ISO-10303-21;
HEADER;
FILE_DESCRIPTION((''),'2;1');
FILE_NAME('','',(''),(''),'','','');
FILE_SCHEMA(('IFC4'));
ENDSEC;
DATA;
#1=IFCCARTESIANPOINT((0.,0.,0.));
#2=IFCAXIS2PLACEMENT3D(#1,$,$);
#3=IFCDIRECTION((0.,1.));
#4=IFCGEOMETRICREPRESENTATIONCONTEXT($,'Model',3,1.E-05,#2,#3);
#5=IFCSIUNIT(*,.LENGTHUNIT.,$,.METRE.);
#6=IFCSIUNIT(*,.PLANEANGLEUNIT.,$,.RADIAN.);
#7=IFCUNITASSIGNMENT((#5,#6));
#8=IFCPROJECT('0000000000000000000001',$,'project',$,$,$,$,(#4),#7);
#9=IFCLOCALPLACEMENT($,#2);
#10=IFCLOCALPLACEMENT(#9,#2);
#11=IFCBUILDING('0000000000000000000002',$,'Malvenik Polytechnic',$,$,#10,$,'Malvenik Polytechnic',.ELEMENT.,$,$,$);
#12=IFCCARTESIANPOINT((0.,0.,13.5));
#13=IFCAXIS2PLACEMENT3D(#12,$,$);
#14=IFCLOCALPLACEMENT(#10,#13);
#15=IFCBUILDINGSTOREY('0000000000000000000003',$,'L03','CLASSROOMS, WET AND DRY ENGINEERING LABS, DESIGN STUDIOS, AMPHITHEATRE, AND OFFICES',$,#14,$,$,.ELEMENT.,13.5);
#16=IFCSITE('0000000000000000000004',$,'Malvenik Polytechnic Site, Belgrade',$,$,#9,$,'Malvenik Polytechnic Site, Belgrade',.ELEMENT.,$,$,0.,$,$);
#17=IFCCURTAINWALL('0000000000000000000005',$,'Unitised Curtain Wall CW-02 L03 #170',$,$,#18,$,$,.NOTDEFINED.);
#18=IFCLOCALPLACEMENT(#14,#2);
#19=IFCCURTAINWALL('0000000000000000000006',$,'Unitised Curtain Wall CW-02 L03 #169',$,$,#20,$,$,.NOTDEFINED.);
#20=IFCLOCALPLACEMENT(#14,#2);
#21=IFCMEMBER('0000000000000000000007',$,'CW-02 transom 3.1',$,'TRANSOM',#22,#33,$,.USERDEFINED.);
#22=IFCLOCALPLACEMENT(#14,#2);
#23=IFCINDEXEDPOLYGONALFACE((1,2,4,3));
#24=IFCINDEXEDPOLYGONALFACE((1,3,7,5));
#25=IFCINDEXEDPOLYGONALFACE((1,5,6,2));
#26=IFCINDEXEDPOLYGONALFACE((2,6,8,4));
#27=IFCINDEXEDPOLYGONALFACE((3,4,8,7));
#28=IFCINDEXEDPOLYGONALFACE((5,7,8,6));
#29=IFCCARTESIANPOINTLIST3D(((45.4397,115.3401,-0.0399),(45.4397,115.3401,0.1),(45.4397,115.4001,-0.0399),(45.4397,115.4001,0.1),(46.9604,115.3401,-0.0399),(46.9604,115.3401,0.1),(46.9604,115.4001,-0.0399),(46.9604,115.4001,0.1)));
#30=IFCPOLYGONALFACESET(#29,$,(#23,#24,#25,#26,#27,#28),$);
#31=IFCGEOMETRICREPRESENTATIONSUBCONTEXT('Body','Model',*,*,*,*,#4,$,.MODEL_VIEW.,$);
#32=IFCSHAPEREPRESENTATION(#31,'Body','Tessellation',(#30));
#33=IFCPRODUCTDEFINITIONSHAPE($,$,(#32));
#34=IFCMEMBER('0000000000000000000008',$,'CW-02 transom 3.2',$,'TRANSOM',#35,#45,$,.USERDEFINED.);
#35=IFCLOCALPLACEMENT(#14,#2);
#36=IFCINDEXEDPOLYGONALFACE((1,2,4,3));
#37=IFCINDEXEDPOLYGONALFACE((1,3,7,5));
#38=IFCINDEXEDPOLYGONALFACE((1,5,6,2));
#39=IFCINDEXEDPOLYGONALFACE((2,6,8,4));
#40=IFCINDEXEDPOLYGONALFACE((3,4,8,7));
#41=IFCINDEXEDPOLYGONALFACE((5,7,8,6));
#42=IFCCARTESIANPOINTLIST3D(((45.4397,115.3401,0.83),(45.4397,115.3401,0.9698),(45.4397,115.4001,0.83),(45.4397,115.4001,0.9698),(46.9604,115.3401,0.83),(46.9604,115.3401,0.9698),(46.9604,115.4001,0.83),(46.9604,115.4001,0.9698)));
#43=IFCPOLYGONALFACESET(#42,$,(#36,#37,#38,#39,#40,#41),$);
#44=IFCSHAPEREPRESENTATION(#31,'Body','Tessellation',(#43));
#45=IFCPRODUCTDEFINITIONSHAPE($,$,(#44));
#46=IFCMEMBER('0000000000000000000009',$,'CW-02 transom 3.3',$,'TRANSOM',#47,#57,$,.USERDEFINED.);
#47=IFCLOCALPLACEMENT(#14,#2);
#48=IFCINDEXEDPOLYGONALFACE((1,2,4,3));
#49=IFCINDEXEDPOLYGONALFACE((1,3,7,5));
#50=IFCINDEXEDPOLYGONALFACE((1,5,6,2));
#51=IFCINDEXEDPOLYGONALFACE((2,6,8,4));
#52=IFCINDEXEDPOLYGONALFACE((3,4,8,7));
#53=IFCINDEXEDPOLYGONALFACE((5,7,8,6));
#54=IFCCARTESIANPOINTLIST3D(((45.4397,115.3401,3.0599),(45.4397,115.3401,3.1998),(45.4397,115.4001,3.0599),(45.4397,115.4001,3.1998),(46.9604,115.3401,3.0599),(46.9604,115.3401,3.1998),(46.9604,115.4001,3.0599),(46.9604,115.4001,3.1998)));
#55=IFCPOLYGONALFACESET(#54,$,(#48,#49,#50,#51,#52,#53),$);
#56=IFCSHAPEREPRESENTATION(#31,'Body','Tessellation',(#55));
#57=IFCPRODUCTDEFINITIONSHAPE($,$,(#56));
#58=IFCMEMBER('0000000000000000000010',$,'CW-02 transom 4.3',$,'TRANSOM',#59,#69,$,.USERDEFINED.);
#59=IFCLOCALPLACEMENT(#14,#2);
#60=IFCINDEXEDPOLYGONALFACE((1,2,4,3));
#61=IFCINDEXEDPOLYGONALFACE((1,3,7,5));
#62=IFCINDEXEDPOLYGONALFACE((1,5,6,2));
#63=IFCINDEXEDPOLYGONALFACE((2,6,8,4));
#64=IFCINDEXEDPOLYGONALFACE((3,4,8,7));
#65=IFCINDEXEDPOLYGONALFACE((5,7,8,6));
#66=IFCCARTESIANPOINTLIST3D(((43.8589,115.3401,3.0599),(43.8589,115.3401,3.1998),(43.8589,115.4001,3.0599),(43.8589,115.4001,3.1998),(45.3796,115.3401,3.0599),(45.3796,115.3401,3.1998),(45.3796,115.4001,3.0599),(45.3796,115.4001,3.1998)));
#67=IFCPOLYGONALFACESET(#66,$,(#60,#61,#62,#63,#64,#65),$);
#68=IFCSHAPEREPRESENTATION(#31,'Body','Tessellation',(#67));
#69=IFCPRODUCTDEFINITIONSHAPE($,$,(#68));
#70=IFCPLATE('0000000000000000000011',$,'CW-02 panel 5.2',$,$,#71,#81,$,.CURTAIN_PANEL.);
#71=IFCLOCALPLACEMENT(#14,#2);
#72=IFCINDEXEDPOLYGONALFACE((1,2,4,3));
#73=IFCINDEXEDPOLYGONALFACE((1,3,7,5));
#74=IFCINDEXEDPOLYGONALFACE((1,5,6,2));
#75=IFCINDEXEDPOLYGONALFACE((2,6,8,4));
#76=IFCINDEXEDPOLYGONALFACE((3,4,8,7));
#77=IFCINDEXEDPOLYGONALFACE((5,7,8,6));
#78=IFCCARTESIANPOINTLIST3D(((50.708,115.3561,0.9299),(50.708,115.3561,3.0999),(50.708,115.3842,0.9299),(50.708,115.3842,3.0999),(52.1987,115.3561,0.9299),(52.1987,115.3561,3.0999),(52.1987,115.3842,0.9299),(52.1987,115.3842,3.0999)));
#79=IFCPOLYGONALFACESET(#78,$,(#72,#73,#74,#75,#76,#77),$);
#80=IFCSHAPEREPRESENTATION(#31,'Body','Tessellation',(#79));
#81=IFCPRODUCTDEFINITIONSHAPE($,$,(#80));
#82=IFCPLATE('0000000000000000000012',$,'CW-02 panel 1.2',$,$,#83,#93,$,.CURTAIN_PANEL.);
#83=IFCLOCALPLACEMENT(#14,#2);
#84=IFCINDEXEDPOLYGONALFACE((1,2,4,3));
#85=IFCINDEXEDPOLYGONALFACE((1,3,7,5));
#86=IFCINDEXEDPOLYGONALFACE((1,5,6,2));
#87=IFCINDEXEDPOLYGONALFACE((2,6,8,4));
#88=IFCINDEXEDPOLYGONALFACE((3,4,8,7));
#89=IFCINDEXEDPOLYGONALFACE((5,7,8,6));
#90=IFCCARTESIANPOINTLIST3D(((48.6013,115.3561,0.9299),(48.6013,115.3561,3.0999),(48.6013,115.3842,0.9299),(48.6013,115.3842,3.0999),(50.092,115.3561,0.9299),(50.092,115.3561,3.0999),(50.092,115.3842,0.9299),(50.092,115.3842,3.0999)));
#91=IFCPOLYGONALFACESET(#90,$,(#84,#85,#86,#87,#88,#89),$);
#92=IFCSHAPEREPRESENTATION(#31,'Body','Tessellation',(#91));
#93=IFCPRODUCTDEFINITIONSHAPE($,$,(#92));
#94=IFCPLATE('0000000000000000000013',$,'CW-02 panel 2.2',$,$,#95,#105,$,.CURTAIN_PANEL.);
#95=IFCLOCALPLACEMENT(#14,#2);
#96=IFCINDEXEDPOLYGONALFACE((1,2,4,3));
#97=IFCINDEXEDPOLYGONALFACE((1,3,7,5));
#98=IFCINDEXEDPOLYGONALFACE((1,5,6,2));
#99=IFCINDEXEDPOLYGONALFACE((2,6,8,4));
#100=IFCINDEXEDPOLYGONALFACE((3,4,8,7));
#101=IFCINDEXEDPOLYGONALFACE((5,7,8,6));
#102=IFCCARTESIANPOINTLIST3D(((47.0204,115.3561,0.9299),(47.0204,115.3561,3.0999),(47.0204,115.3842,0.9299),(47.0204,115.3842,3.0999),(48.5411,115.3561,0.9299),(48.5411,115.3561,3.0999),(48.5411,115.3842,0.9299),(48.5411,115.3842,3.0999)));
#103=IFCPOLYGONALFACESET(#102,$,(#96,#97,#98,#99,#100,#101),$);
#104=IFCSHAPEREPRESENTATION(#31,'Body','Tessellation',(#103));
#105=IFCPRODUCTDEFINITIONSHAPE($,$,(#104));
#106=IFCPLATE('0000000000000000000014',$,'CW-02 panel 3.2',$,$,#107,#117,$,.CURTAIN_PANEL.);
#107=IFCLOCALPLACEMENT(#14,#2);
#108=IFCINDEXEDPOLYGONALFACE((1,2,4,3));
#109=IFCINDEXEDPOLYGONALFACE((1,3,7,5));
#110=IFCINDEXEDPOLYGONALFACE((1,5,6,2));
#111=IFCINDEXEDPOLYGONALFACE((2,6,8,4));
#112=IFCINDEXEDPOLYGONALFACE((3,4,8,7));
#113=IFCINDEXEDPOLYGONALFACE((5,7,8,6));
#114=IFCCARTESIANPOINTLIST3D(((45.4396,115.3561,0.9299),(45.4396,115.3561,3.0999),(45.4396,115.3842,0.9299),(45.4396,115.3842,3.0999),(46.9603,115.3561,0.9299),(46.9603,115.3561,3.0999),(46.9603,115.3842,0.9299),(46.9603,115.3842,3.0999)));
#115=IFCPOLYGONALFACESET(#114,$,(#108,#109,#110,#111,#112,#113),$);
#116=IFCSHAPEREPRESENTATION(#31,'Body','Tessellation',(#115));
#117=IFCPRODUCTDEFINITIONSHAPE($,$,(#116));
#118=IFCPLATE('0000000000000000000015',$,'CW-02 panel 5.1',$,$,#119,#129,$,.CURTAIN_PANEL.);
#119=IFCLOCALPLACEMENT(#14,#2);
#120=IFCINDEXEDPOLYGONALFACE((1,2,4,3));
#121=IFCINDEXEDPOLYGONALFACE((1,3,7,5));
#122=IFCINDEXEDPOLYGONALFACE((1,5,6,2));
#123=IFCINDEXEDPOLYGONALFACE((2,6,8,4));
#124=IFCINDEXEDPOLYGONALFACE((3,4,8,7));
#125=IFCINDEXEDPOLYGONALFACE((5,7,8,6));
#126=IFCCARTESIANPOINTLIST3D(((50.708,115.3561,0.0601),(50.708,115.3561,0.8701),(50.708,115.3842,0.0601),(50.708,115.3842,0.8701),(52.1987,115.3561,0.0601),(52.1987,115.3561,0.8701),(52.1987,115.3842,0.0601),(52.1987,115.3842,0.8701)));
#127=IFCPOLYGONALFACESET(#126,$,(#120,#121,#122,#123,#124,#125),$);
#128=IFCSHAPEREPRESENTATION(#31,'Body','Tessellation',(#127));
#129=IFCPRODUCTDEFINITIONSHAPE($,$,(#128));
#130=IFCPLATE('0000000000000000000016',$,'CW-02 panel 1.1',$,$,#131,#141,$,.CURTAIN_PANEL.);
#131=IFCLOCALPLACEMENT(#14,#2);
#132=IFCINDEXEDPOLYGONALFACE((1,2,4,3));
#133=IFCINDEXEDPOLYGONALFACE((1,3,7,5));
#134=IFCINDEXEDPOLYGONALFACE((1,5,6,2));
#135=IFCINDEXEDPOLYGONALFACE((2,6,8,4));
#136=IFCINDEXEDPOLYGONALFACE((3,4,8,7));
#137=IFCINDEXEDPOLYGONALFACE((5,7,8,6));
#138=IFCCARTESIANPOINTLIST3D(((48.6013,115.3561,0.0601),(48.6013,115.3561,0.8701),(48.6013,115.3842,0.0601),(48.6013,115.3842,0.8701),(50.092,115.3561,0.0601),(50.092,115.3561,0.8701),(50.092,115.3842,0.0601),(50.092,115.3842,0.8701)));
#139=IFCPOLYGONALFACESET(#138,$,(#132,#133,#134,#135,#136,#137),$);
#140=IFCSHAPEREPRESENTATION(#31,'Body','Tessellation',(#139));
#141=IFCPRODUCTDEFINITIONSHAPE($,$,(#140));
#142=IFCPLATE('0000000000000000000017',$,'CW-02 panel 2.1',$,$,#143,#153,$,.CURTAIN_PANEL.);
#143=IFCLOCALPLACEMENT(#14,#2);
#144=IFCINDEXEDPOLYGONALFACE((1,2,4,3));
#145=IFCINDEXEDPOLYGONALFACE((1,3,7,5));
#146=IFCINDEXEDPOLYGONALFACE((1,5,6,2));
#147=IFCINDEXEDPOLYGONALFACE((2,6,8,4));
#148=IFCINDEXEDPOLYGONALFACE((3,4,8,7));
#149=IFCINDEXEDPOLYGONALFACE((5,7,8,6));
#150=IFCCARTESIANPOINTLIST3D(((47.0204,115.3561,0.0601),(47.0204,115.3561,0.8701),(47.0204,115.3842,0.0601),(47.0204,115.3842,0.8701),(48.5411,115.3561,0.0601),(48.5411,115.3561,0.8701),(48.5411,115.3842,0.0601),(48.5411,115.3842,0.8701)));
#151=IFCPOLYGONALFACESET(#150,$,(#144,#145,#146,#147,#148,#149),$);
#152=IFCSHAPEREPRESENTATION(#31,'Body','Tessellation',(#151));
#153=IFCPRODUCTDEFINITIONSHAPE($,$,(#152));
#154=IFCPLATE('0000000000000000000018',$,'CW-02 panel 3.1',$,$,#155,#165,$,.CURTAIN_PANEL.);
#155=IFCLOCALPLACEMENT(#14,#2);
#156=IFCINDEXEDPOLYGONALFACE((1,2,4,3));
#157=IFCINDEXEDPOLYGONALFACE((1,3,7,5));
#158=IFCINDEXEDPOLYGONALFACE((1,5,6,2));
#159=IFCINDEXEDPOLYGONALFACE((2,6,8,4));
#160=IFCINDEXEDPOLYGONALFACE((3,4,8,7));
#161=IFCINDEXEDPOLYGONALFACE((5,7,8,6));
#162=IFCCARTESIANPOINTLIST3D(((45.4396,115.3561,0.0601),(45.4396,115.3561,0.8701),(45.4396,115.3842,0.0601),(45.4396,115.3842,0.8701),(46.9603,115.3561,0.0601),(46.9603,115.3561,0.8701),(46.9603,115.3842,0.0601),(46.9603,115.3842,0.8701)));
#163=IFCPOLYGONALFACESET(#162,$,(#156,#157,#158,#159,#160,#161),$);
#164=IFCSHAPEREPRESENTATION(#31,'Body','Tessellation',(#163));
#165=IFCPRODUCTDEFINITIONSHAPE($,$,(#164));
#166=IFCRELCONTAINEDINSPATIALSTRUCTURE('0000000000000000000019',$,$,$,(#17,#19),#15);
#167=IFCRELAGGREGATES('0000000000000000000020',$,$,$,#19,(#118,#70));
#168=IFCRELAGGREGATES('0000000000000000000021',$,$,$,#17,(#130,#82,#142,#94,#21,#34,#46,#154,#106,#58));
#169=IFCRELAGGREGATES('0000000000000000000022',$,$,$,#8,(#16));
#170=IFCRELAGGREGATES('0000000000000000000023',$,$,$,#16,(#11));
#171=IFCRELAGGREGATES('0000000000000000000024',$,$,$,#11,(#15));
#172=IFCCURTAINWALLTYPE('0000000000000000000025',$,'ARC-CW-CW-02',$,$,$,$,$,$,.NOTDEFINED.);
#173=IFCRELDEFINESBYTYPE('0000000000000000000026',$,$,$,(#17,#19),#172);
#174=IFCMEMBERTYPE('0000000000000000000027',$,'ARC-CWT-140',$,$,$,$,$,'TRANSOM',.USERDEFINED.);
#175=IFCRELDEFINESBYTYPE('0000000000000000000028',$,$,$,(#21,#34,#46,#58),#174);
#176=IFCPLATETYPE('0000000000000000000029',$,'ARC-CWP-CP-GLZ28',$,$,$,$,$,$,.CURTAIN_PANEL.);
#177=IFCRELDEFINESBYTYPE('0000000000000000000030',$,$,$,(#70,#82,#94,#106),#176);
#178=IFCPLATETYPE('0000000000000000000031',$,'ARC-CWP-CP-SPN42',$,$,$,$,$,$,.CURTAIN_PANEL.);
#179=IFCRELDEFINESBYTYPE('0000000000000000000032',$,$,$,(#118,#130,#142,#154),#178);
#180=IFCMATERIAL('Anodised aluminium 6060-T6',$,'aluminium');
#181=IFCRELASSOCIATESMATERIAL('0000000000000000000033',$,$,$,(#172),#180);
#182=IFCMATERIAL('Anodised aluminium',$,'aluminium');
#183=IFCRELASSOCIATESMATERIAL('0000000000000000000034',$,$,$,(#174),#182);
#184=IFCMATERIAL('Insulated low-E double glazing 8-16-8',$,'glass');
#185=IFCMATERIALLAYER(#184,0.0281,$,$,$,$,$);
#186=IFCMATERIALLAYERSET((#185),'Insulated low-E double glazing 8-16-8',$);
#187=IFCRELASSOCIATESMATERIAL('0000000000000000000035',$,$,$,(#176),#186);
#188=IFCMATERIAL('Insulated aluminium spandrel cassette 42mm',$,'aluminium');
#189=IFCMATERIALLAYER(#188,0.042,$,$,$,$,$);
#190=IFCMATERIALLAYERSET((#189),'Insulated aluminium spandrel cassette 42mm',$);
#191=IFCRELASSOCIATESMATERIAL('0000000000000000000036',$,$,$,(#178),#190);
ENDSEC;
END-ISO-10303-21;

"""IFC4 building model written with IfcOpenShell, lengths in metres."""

from ifc_helpers import new_model, si_unit, direction, frame, origin, origin_2d, place, context, subcontext, project, spatial, rectangle, extrude, material, layer, layer_set, material_profile, profile_set, type_object, element, aggregate, save


model = new_model("IFC4")

# Units and contexts
model_context = context("Model", 3, precision=1e-05, world=origin(), true_north=direction((0.0, 1.0)))
body_context = subcontext(model_context, "Body", "Model", "MODEL_VIEW")
ifc_project = project(units=[si_unit("LENGTHUNIT", "METRE"), si_unit("PLANEANGLEUNIT", "RADIAN")], contexts=[model_context])

# Site, building, storey
site_placement = place(None, origin())
site = spatial("IfcSite", under=ifc_project, at=site_placement, Name="Malvenik Polytechnic Site, Belgrade", LongName="Malvenik Polytechnic Site, Belgrade", CompositionType="ELEMENT", RefElevation=0.0)
building_placement = place(site_placement, origin())
building = spatial("IfcBuilding", under=site, at=building_placement, Name="Malvenik Polytechnic", LongName="Malvenik Polytechnic", CompositionType="ELEMENT")
storey_placement = place(building_placement, frame((0.0, 0.0, 13.5)))
storey = spatial("IfcBuildingStorey", under=building, at=storey_placement, Name="L03", Description="CLASSROOMS, WET AND DRY ENGINEERING LABS, DESIGN STUDIOS, AMPHITHEATRE, AND OFFICES", CompositionType="ELEMENT", Elevation=13.5)

# Curtain walls
ifc_material_1 = material(Name="Anodised aluminium 6060-T6", Category="aluminium")
curtain_wall_type = type_object("IfcCurtainWallType", Name="ARC-CW-CW-02", PredefinedType="NOTDEFINED", material=ifc_material_1)
curtain_wall_1_placement = place(storey_placement, origin())
curtain_wall_1 = element("IfcCurtainWall", 1, at=curtain_wall_1_placement, inside=storey, type_object=curtain_wall_type, Name="Unitised Curtain Wall CW-02 L03 #170", PredefinedType="NOTDEFINED")
ifc_material_2 = material(Name="Anodised aluminium", Category="aluminium")
curtain_wall_2_placement = place(storey_placement, origin())
curtain_wall_2 = element("IfcCurtainWall", 2, at=curtain_wall_2_placement, inside=storey, type_object=curtain_wall_type, Name="Unitised Curtain Wall CW-02 L03 #169", PredefinedType="NOTDEFINED")

# Members
ifc_material_profile_1 = material_profile(ifc_material_2, rectangle(XDim=0.0601, YDim=0.1399, at=origin_2d()), Name="ALU TRANSOM 60x140")
ifc_profile_set_1 = profile_set([ifc_material_profile_1], Name="Anodised aluminium")
member_type_1 = type_object("IfcMemberType", Name="ARC-CWT-140", ElementType="TRANSOM", PredefinedType="USERDEFINED", material=ifc_profile_set_1)
member_1_placement = place(storey_placement, frame((46.9604, 115.3701, 0.03), z_axis=(-1.0, 0.0, 0.0), x_axis=(0.0, -1.0, 0.0)))
member_1 = element("IfcMember", 3, at=member_1_placement, type_object=member_type_1, Name="CW-02 transom 3.1", ObjectType="TRANSOM", PredefinedType="USERDEFINED", context=body_context, shape_type="SweptSolid", body=[
    extrude(rectangle(XDim=0.0601, YDim=0.1399, at=origin_2d()), origin(), (0.0, 0.0, 1.0), 1.5208),
])
member_2_placement = place(storey_placement, frame((46.9604, 115.3701, 0.8999), z_axis=(-1.0, 0.0, 0.0), x_axis=(0.0, -1.0, 0.0)))
member_2 = element("IfcMember", 4, at=member_2_placement, type_object=member_type_1, Name="CW-02 transom 3.2", ObjectType="TRANSOM", PredefinedType="USERDEFINED", context=body_context, shape_type="SweptSolid", body=[
    extrude(rectangle(XDim=0.0601, YDim=0.1399, at=origin_2d()), origin(), (0.0, 0.0, 1.0), 1.5208),
])
member_3_placement = place(storey_placement, frame((46.9604, 115.3701, 3.1299), z_axis=(-1.0, 0.0, 0.0), x_axis=(0.0, -1.0, 0.0)))
member_3 = element("IfcMember", 5, at=member_3_placement, type_object=member_type_1, Name="CW-02 transom 3.3", ObjectType="TRANSOM", PredefinedType="USERDEFINED", context=body_context, shape_type="SweptSolid", body=[
    extrude(rectangle(XDim=0.0601, YDim=0.1399, at=origin_2d()), origin(), (0.0, 0.0, 1.0), 1.5208),
])
member_4_placement = place(storey_placement, frame((45.3796, 115.3701, 3.1299), z_axis=(-1.0, 0.0, 0.0), x_axis=(0.0, -1.0, 0.0)))
member_4 = element("IfcMember", 6, at=member_4_placement, type_object=member_type_1, Name="CW-02 transom 4.3", ObjectType="TRANSOM", PredefinedType="USERDEFINED", context=body_context, shape_type="SweptSolid", body=[
    extrude(rectangle(XDim=0.0601, YDim=0.1399, at=origin_2d()), origin(), (0.0, 0.0, 1.0), 1.5208),
])

# Plates
ifc_material_3 = material(Name="Insulated low-E double glazing 8-16-8", Category="glass")
ifc_layer_1 = layer(ifc_material_3, 0.0281)
ifc_layer_set_1 = layer_set([ifc_layer_1], Name="Insulated low-E double glazing 8-16-8")
plate_type_1 = type_object("IfcPlateType", Name="ARC-CWP-CP-GLZ28", PredefinedType="CURTAIN_PANEL", material=ifc_layer_set_1)
plate_1_placement = place(storey_placement, frame((51.4534, 115.3701, 0.9299), z_axis=(0.0, 0.0, 1.0), x_axis=(-1.0, 0.0, 0.0)))
plate_1 = element("IfcPlate", 7, at=plate_1_placement, type_object=plate_type_1, Name="CW-02 panel 5.2", PredefinedType="CURTAIN_PANEL", context=body_context, shape_type="SweptSolid", body=[
    extrude(rectangle(XDim=1.4907, YDim=0.0281, at=origin_2d()), origin(), (0.0, 0.0, 1.0), 2.1699),
])
plate_2_placement = place(storey_placement, frame((49.3467, 115.3701, 0.9299), z_axis=(0.0, 0.0, 1.0), x_axis=(-1.0, 0.0, 0.0)))
plate_2 = element("IfcPlate", 8, at=plate_2_placement, type_object=plate_type_1, Name="CW-02 panel 1.2", PredefinedType="CURTAIN_PANEL", context=body_context, shape_type="SweptSolid", body=[
    extrude(rectangle(XDim=1.4907, YDim=0.0281, at=origin_2d()), origin(), (0.0, 0.0, 1.0), 2.1699),
])
plate_3_placement = place(storey_placement, frame((47.7808, 115.3701, 0.9299), z_axis=(0.0, 0.0, 1.0), x_axis=(-1.0, 0.0, 0.0)))
plate_3 = element("IfcPlate", 9, at=plate_3_placement, type_object=plate_type_1, Name="CW-02 panel 2.2", PredefinedType="CURTAIN_PANEL", context=body_context, shape_type="SweptSolid", body=[
    extrude(rectangle(XDim=1.5208, YDim=0.0281, at=origin_2d()), origin(), (0.0, 0.0, 1.0), 2.1699),
])
plate_4_placement = place(storey_placement, frame((46.2, 115.3701, 0.9299), z_axis=(0.0, 0.0, 1.0), x_axis=(-1.0, 0.0, 0.0)))
plate_4 = element("IfcPlate", 10, at=plate_4_placement, type_object=plate_type_1, Name="CW-02 panel 3.2", PredefinedType="CURTAIN_PANEL", context=body_context, shape_type="SweptSolid", body=[
    extrude(rectangle(XDim=1.5208, YDim=0.0281, at=origin_2d()), origin(), (0.0, 0.0, 1.0), 2.1699),
])
ifc_material_4 = material(Name="Insulated aluminium spandrel cassette 42mm", Category="aluminium")
ifc_layer_2 = layer(ifc_material_4, 0.042)
ifc_layer_set_2 = layer_set([ifc_layer_2], Name="Insulated aluminium spandrel cassette 42mm")
plate_type_2 = type_object("IfcPlateType", Name="ARC-CWP-CP-SPN42", PredefinedType="CURTAIN_PANEL", material=ifc_layer_set_2)
plate_5_placement = place(storey_placement, frame((51.4534, 115.3701, 0.0601), z_axis=(0.0, 0.0, 1.0), x_axis=(-1.0, 0.0, 0.0)))
plate_5 = element("IfcPlate", 11, at=plate_5_placement, type_object=plate_type_2, Name="CW-02 panel 5.1", PredefinedType="CURTAIN_PANEL", context=body_context, shape_type="SweptSolid", body=[
    extrude(rectangle(XDim=1.4907, YDim=0.0281, at=origin_2d()), origin(), (0.0, 0.0, 1.0), 0.8101),
])
aggregate(curtain_wall_2, [plate_5, plate_1])
plate_6_placement = place(storey_placement, frame((49.3467, 115.3701, 0.0601), z_axis=(0.0, 0.0, 1.0), x_axis=(-1.0, 0.0, 0.0)))
plate_6 = element("IfcPlate", 12, at=plate_6_placement, type_object=plate_type_2, Name="CW-02 panel 1.1", PredefinedType="CURTAIN_PANEL", context=body_context, shape_type="SweptSolid", body=[
    extrude(rectangle(XDim=1.4907, YDim=0.0281, at=origin_2d()), origin(), (0.0, 0.0, 1.0), 0.8101),
])
plate_7_placement = place(storey_placement, frame((47.7808, 115.3701, 0.0601), z_axis=(0.0, 0.0, 1.0), x_axis=(-1.0, 0.0, 0.0)))
plate_7 = element("IfcPlate", 13, at=plate_7_placement, type_object=plate_type_2, Name="CW-02 panel 2.1", PredefinedType="CURTAIN_PANEL", context=body_context, shape_type="SweptSolid", body=[
    extrude(rectangle(XDim=1.5208, YDim=0.0281, at=origin_2d()), origin(), (0.0, 0.0, 1.0), 0.8101),
])
plate_8_placement = place(storey_placement, frame((46.2, 115.3701, 0.0601), z_axis=(0.0, 0.0, 1.0), x_axis=(-1.0, 0.0, 0.0)))
plate_8 = element("IfcPlate", 14, at=plate_8_placement, type_object=plate_type_2, Name="CW-02 panel 3.1", PredefinedType="CURTAIN_PANEL", context=body_context, shape_type="SweptSolid", body=[
    extrude(rectangle(XDim=1.5208, YDim=0.0281, at=origin_2d()), origin(), (0.0, 0.0, 1.0), 0.8101),
])
aggregate(curtain_wall_1, [plate_6, plate_2, plate_7, plate_3, member_1, member_2, member_3, plate_8, plate_4, member_4])

save(model, "model.ifc")
